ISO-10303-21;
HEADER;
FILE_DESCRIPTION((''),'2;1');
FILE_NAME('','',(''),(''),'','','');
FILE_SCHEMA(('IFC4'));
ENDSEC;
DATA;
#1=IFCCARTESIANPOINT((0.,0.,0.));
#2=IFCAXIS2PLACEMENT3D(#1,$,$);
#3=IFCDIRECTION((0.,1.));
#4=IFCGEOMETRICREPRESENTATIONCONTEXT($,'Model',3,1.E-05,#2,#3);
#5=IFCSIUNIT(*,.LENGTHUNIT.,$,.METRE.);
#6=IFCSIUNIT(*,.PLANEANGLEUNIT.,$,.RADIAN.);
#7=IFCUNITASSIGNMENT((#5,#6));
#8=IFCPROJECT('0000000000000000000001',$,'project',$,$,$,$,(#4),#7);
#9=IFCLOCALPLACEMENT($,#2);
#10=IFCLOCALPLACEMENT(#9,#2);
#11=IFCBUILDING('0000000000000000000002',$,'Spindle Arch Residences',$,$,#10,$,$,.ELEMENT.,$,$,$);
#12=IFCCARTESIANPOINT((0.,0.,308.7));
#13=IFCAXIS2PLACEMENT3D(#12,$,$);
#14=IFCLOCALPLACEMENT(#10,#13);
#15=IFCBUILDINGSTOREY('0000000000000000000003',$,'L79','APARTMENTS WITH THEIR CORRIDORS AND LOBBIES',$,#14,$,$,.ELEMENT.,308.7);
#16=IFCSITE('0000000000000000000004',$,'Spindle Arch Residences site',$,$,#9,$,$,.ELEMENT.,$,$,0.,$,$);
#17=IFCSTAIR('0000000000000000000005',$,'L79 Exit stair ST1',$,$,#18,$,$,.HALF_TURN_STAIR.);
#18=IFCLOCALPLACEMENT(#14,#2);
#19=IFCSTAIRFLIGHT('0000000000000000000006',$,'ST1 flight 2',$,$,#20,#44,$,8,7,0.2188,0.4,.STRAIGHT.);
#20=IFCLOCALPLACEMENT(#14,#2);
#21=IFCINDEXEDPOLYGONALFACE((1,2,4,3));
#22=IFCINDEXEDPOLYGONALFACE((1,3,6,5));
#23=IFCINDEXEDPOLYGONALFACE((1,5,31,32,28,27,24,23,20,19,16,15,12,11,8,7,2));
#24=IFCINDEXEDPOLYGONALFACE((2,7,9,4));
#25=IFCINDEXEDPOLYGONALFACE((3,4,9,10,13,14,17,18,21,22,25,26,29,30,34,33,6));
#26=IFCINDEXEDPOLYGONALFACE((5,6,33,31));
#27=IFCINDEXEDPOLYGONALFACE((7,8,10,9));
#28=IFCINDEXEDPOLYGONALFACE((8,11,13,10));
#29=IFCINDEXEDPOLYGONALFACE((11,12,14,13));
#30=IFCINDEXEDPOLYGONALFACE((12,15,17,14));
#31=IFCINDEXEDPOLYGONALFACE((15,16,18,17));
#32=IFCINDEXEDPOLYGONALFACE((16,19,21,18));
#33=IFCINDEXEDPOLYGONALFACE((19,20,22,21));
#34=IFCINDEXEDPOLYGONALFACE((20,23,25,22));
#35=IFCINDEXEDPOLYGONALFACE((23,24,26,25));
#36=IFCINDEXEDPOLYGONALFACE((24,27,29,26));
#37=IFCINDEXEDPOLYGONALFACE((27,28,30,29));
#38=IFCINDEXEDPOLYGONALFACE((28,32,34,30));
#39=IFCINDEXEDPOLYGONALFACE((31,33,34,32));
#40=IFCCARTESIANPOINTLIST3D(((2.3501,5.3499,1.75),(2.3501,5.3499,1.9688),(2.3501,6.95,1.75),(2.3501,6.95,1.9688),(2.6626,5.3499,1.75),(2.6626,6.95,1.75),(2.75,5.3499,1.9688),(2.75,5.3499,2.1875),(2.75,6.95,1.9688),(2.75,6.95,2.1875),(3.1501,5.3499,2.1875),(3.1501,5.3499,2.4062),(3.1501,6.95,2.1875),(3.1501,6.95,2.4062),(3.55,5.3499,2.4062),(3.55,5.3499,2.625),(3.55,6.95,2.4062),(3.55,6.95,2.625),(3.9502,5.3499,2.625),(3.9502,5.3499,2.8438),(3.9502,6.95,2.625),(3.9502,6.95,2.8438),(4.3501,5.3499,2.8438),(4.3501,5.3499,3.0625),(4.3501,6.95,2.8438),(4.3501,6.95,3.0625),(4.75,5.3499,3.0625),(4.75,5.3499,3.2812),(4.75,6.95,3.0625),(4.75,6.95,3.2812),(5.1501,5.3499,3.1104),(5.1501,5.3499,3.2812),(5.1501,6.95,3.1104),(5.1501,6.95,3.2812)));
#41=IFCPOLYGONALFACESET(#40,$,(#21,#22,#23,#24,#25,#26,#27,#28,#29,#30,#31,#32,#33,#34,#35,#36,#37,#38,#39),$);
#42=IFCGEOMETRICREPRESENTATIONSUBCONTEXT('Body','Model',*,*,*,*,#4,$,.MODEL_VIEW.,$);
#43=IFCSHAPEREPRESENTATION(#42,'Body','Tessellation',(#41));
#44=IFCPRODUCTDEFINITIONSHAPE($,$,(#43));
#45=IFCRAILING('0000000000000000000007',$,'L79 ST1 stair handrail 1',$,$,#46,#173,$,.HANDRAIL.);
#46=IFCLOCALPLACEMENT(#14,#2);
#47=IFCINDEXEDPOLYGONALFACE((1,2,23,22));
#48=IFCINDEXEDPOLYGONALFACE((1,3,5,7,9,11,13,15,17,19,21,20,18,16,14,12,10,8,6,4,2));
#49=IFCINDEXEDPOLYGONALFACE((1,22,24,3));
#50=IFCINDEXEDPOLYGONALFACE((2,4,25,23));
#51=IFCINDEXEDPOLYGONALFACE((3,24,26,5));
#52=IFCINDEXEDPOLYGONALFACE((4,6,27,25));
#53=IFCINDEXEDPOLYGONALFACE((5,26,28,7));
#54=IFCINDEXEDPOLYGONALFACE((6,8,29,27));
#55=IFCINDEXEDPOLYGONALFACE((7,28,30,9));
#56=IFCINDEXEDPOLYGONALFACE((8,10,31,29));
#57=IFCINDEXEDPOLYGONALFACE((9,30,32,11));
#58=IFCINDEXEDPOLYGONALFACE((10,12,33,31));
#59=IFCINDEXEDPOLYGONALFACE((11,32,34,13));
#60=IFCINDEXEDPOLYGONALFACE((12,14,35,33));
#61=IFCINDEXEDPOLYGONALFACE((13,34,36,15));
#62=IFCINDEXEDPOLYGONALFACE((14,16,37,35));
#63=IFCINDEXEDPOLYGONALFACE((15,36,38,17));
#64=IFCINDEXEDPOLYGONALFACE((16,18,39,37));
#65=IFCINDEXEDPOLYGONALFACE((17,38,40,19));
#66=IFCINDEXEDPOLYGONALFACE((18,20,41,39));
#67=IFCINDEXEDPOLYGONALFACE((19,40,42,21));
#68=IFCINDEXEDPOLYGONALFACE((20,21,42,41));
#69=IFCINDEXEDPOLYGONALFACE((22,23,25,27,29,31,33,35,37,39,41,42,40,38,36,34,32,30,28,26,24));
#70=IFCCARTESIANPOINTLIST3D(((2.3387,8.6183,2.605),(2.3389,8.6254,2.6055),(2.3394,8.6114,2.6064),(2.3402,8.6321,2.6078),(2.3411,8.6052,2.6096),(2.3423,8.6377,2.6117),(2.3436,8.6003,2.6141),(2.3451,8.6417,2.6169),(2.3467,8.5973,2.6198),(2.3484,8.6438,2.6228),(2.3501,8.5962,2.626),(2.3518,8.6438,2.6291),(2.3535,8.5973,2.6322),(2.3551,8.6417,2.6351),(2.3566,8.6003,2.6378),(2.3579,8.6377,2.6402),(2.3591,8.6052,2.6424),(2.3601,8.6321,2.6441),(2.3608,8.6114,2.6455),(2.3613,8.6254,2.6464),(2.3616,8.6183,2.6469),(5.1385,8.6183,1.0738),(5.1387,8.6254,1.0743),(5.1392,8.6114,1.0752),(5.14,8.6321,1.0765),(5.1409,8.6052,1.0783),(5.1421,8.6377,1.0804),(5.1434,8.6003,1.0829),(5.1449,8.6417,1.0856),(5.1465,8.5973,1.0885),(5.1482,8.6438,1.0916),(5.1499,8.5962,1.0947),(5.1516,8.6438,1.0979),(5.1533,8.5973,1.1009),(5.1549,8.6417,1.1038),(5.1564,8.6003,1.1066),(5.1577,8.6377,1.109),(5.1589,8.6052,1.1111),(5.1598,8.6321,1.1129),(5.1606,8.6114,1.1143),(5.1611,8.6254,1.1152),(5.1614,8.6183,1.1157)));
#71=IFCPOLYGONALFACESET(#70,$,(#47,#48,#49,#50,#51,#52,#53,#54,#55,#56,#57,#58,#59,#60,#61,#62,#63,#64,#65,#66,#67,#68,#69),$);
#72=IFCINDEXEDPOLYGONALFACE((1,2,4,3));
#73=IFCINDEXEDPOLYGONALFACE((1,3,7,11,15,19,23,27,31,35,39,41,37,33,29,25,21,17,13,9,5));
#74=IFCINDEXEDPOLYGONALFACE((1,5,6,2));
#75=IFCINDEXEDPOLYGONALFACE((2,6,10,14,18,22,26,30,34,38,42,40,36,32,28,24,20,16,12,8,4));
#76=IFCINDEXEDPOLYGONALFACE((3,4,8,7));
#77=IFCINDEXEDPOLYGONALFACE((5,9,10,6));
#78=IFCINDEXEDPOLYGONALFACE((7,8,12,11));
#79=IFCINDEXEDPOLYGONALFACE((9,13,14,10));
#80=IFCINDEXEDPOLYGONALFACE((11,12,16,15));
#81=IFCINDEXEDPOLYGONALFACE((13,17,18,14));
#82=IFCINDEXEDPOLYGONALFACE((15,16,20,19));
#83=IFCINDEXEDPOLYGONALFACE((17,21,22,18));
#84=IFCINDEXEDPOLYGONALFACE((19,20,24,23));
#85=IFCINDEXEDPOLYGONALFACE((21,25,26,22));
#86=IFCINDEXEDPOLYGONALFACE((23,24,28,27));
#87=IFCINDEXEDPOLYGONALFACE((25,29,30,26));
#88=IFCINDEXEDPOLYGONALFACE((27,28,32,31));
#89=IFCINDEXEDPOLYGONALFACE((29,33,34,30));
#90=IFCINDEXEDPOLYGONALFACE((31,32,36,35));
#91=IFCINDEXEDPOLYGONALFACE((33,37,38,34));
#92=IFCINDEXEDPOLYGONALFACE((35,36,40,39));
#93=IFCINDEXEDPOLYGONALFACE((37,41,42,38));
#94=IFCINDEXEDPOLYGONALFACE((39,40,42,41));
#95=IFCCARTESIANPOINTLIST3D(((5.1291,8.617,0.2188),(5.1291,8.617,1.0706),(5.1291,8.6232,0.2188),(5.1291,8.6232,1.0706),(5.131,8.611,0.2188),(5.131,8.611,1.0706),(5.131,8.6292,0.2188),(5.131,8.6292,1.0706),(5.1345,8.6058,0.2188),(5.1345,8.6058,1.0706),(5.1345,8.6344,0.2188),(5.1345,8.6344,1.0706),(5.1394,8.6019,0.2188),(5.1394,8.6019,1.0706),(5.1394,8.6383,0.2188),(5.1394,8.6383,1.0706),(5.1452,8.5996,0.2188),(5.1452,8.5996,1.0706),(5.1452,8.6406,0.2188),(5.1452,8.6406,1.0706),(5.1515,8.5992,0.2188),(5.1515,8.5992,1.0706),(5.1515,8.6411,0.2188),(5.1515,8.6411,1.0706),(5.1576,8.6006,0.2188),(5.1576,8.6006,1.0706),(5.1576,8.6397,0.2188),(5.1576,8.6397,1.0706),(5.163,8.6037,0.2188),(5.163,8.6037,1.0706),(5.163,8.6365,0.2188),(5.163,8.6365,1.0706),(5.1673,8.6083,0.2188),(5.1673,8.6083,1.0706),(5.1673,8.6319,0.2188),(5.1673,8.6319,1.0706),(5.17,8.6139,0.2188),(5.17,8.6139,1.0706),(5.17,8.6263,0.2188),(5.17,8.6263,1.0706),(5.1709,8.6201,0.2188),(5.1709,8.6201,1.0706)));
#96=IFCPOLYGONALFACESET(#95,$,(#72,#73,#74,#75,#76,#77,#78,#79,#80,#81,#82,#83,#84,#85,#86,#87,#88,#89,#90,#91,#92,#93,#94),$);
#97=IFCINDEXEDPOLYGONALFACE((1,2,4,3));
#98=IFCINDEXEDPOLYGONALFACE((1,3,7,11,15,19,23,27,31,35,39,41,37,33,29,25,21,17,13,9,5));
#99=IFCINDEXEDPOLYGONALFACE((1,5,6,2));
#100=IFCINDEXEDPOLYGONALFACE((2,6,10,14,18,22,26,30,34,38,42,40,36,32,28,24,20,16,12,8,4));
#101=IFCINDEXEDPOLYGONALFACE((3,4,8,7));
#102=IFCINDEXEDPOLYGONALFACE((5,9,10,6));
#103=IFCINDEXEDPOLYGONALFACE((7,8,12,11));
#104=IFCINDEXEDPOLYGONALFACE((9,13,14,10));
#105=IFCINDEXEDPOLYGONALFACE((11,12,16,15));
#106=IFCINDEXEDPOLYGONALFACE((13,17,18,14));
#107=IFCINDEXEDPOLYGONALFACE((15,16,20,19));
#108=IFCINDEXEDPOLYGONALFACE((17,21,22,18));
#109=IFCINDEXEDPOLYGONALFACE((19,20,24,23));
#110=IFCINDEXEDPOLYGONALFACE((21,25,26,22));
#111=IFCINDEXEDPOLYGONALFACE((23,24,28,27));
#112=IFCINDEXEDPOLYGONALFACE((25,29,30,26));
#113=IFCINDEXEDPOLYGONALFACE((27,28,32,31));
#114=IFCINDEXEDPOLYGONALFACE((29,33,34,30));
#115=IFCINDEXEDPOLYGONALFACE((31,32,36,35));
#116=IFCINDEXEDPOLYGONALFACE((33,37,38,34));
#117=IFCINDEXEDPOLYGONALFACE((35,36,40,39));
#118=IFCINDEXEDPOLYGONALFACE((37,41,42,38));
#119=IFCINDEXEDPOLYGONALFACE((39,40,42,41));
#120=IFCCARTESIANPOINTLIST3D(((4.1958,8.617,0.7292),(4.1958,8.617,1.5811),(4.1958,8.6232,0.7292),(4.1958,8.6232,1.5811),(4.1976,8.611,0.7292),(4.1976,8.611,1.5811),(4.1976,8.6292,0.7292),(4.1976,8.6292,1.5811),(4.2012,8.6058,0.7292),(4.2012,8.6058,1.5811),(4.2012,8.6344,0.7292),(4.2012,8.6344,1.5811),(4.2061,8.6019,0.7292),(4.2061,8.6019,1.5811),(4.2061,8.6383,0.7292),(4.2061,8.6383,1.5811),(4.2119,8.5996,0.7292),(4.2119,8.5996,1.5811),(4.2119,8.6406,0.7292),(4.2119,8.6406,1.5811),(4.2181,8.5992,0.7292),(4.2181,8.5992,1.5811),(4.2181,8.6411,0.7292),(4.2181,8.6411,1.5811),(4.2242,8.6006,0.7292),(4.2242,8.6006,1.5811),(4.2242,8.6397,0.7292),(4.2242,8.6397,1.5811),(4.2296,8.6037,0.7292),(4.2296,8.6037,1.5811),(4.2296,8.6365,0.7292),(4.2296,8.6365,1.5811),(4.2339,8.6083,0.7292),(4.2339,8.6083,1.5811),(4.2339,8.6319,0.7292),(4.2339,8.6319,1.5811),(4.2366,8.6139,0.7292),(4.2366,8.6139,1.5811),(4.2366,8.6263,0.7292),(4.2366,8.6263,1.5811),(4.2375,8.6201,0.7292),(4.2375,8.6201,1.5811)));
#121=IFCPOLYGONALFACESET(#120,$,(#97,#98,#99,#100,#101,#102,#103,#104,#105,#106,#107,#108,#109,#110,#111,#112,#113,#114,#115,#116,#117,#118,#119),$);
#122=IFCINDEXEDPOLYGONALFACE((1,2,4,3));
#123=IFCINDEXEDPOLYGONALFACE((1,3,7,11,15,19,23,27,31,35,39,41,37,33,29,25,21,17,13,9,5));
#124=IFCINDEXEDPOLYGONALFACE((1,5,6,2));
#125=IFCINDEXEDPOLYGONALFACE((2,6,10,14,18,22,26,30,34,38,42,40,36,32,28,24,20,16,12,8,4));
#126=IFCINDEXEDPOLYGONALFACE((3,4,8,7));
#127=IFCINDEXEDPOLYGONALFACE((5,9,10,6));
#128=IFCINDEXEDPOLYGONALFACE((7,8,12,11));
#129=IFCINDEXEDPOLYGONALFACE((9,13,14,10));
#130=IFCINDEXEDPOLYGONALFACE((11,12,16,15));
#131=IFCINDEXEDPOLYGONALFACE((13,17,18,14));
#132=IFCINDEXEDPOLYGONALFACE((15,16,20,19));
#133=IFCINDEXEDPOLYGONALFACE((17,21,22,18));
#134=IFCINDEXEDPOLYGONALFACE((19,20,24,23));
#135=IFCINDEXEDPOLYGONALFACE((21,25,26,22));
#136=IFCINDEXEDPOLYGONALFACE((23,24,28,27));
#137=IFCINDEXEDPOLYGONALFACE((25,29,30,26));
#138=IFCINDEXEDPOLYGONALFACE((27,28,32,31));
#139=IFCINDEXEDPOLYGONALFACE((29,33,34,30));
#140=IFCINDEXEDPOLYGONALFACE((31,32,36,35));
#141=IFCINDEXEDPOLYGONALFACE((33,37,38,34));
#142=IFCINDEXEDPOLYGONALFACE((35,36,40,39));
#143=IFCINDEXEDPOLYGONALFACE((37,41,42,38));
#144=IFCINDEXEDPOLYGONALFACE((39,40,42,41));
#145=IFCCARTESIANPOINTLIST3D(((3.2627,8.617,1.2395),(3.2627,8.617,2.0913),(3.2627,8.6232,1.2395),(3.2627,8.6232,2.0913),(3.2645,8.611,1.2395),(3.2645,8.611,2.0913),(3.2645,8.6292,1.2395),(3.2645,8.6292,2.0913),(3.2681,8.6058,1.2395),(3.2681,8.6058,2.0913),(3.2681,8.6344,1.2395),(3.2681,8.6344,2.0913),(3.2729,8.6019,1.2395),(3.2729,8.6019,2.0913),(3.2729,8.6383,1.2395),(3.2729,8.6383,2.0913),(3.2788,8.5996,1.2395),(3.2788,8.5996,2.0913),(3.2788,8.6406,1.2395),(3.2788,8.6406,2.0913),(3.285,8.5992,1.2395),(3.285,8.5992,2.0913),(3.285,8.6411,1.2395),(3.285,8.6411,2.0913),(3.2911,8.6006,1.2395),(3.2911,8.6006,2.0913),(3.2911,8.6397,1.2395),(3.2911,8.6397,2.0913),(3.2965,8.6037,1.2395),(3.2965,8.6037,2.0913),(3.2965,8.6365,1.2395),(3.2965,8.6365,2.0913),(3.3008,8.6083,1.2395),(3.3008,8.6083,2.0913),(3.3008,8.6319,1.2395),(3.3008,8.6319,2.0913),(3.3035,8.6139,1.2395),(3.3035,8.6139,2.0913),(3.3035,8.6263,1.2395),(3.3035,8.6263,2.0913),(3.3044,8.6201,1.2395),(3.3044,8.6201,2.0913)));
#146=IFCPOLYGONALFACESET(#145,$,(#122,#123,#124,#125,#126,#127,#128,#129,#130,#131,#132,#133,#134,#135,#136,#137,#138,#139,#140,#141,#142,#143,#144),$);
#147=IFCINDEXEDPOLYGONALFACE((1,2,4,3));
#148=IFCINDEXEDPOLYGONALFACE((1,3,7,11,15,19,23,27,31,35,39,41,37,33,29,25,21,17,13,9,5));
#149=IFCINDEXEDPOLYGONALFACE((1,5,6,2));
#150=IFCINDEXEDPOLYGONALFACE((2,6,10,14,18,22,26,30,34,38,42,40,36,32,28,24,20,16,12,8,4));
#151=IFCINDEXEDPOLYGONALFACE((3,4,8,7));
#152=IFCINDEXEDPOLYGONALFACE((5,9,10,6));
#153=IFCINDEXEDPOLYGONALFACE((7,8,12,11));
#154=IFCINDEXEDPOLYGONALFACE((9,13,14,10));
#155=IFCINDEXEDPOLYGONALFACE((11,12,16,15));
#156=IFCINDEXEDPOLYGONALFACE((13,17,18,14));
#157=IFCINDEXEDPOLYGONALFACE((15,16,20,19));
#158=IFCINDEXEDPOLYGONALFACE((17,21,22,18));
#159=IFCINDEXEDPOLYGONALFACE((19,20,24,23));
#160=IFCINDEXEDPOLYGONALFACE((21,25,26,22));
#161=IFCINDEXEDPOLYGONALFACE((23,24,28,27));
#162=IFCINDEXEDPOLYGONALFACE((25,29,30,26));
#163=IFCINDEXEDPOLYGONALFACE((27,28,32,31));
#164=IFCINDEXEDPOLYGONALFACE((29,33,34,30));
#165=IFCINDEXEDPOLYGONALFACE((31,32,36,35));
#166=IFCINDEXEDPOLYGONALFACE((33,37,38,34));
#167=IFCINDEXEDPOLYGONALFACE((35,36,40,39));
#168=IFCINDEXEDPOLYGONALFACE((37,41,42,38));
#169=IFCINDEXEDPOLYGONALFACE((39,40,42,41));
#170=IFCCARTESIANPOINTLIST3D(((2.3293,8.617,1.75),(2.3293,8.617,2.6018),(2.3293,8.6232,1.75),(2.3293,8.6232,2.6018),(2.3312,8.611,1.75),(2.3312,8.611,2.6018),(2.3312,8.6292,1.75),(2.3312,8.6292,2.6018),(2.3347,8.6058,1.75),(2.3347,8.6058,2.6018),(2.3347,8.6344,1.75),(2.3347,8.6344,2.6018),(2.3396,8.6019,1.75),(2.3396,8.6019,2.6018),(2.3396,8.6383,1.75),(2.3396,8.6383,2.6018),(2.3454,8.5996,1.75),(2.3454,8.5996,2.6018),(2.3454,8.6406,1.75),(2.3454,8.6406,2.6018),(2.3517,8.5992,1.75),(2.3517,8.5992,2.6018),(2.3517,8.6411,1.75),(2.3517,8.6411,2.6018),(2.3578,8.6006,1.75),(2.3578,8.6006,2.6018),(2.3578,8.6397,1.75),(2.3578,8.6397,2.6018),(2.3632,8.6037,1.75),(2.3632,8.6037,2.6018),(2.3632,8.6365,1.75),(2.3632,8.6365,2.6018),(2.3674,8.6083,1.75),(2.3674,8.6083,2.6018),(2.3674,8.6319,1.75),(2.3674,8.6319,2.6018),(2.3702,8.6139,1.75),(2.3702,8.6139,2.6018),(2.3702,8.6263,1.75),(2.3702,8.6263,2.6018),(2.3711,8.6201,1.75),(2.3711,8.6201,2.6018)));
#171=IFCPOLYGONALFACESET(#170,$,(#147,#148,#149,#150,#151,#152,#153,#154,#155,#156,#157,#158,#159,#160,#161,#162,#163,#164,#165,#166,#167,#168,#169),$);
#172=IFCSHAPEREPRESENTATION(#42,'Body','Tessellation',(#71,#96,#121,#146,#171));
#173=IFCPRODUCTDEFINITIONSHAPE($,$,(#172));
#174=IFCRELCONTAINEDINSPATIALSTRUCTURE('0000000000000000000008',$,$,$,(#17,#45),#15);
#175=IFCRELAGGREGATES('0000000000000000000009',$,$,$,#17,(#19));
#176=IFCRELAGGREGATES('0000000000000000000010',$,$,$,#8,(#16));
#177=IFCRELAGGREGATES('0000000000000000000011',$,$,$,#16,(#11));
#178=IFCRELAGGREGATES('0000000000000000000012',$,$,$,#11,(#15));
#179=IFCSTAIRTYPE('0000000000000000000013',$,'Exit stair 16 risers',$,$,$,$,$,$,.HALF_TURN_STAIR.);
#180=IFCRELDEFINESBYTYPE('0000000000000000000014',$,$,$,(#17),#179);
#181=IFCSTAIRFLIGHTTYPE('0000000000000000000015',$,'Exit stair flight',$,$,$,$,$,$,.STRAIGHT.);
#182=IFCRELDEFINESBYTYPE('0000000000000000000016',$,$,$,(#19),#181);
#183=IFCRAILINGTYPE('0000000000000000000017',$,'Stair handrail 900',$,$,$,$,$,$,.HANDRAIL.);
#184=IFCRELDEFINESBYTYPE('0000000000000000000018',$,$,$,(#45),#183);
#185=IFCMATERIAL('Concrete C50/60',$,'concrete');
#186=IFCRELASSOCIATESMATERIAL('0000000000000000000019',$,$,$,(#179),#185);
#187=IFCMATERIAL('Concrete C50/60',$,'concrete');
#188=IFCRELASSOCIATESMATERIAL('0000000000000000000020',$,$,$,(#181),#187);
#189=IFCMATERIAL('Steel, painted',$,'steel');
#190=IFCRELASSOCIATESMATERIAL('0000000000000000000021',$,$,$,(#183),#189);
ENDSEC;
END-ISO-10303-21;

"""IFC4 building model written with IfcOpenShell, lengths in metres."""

from ifc_helpers import new_model, si_unit, direction, frame, origin, origin_2d, place, context, subcontext, project, spatial, polyline, circle, outline, extrude, material, type_object, element, aggregate, save


model = new_model("IFC4")

# Units and contexts
model_context = context("Model", 3, precision=1e-05, world=origin(), true_north=direction((0.0, 1.0)))
body_context = subcontext(model_context, "Body", "Model", "MODEL_VIEW")
ifc_project = project(units=[si_unit("LENGTHUNIT", "METRE"), si_unit("PLANEANGLEUNIT", "RADIAN")], contexts=[model_context])

# Site, building, storey
site_placement = place(None, origin())
site = spatial("IfcSite", under=ifc_project, at=site_placement, Name="Spindle Arch Residences site", CompositionType="ELEMENT", RefElevation=0.0)
building_placement = place(site_placement, origin())
building = spatial("IfcBuilding", under=site, at=building_placement, Name="Spindle Arch Residences", CompositionType="ELEMENT")
storey_placement = place(building_placement, frame((0.0, 0.0, 308.7)))
storey = spatial("IfcBuildingStorey", under=building, at=storey_placement, Name="L79", Description="APARTMENTS WITH THEIR CORRIDORS AND LOBBIES", CompositionType="ELEMENT", Elevation=308.7)

# Stair, stair flight
ifc_material_1 = material(Name="Concrete C50/60", Category="concrete")
stair_type = type_object("IfcStairType", Name="Exit stair 16 risers", PredefinedType="HALF_TURN_STAIR", material=ifc_material_1)
stair_placement = place(storey_placement, origin())
stair = element("IfcStair", 1, at=stair_placement, inside=storey, type_object=stair_type, Name="L79 Exit stair ST1", PredefinedType="HALF_TURN_STAIR")
ifc_material_2 = material(Name="Concrete C50/60", Category="concrete")
stair_flight_type = type_object("IfcStairFlightType", Name="Exit stair flight", PredefinedType="STRAIGHT", material=ifc_material_2)
stair_flight_1_placement = place(storey_placement, frame((2.3501, 6.1499, 1.75), z_axis=(0.0, 0.0, 1.0), x_axis=(1.0, 0.0, 0.0)))
stair_flight_1 = element("IfcStairFlight", 2, at=stair_flight_1_placement, type_object=stair_flight_type, Name="ST1 flight 2", NumberOfRisers=8, NumberOfTreads=7, PredefinedType="STRAIGHT", RiserHeight=0.2188, TreadLength=0.4, context=body_context, shape_type="SweptSolid", body=[
    extrude(outline(polyline([(0.0, 0.0), (0.0, 0.2188), (0.3999, 0.2188), (0.3999, 0.4375), (0.8, 0.4375), (0.8, 0.6562), (1.2, 0.6562), (1.2, 0.875), (1.6001, 0.875), (1.6001, 1.0938), (2.0, 1.0938), (2.0, 1.3125), (2.3999, 1.3125), (2.3999, 1.5312), (2.8, 1.5312), (2.8, 1.75), (2.8, 1.3604), (0.3125, 0.0), (0.0, 0.0)])), frame((0.0, 0.8, 0.0), z_axis=(0.0, -1.0, 0.0), x_axis=(1.0, 0.0, 0.0)), (0.0, 0.0, 1.0), 1.6001),
])
aggregate(stair, [stair_flight_1])

# Railing
ifc_material_3 = material(Name="Steel, painted", Category="steel")
railing_type_1 = type_object("IfcRailingType", Name="Stair handrail 900", PredefinedType="HANDRAIL", material=ifc_material_3)
railing_1_placement = place(storey_placement, frame((5.1499, 8.6201, 0.2188)))
element("IfcRailing", 3, at=railing_1_placement, inside=storey, type_object=railing_type_1, Name="L79 ST1 stair handrail 1", PredefinedType="HANDRAIL", context=body_context, shape_type="SweptSolid", body=[
    extrude(circle(Radius=0.0239, at=origin_2d()), frame((0.0, 0.0, 0.876), z_axis=(-0.877357, 0.0, 0.479838), x_axis=(0.0, -1.0, 0.0)), (0.0, 0.0, 1.0), 3.1912),
    extrude(circle(Radius=0.021, at=origin_2d()), origin(), (0.0, 0.0, 1.0), 0.8518),
    extrude(circle(Radius=0.021, at=origin_2d()), frame((-0.9333, 0.0, 0.5105)), (0.0, 0.0, 1.0), 0.8518),
    extrude(circle(Radius=0.021, at=origin_2d()), frame((-1.8665, 0.0, 1.0208)), (0.0, 0.0, 1.0), 0.8518),
    extrude(circle(Radius=0.021, at=origin_2d()), frame((-2.7998, 0.0, 1.5312)), (0.0, 0.0, 1.0), 0.8518),
])

save(model, "model.ifc")
